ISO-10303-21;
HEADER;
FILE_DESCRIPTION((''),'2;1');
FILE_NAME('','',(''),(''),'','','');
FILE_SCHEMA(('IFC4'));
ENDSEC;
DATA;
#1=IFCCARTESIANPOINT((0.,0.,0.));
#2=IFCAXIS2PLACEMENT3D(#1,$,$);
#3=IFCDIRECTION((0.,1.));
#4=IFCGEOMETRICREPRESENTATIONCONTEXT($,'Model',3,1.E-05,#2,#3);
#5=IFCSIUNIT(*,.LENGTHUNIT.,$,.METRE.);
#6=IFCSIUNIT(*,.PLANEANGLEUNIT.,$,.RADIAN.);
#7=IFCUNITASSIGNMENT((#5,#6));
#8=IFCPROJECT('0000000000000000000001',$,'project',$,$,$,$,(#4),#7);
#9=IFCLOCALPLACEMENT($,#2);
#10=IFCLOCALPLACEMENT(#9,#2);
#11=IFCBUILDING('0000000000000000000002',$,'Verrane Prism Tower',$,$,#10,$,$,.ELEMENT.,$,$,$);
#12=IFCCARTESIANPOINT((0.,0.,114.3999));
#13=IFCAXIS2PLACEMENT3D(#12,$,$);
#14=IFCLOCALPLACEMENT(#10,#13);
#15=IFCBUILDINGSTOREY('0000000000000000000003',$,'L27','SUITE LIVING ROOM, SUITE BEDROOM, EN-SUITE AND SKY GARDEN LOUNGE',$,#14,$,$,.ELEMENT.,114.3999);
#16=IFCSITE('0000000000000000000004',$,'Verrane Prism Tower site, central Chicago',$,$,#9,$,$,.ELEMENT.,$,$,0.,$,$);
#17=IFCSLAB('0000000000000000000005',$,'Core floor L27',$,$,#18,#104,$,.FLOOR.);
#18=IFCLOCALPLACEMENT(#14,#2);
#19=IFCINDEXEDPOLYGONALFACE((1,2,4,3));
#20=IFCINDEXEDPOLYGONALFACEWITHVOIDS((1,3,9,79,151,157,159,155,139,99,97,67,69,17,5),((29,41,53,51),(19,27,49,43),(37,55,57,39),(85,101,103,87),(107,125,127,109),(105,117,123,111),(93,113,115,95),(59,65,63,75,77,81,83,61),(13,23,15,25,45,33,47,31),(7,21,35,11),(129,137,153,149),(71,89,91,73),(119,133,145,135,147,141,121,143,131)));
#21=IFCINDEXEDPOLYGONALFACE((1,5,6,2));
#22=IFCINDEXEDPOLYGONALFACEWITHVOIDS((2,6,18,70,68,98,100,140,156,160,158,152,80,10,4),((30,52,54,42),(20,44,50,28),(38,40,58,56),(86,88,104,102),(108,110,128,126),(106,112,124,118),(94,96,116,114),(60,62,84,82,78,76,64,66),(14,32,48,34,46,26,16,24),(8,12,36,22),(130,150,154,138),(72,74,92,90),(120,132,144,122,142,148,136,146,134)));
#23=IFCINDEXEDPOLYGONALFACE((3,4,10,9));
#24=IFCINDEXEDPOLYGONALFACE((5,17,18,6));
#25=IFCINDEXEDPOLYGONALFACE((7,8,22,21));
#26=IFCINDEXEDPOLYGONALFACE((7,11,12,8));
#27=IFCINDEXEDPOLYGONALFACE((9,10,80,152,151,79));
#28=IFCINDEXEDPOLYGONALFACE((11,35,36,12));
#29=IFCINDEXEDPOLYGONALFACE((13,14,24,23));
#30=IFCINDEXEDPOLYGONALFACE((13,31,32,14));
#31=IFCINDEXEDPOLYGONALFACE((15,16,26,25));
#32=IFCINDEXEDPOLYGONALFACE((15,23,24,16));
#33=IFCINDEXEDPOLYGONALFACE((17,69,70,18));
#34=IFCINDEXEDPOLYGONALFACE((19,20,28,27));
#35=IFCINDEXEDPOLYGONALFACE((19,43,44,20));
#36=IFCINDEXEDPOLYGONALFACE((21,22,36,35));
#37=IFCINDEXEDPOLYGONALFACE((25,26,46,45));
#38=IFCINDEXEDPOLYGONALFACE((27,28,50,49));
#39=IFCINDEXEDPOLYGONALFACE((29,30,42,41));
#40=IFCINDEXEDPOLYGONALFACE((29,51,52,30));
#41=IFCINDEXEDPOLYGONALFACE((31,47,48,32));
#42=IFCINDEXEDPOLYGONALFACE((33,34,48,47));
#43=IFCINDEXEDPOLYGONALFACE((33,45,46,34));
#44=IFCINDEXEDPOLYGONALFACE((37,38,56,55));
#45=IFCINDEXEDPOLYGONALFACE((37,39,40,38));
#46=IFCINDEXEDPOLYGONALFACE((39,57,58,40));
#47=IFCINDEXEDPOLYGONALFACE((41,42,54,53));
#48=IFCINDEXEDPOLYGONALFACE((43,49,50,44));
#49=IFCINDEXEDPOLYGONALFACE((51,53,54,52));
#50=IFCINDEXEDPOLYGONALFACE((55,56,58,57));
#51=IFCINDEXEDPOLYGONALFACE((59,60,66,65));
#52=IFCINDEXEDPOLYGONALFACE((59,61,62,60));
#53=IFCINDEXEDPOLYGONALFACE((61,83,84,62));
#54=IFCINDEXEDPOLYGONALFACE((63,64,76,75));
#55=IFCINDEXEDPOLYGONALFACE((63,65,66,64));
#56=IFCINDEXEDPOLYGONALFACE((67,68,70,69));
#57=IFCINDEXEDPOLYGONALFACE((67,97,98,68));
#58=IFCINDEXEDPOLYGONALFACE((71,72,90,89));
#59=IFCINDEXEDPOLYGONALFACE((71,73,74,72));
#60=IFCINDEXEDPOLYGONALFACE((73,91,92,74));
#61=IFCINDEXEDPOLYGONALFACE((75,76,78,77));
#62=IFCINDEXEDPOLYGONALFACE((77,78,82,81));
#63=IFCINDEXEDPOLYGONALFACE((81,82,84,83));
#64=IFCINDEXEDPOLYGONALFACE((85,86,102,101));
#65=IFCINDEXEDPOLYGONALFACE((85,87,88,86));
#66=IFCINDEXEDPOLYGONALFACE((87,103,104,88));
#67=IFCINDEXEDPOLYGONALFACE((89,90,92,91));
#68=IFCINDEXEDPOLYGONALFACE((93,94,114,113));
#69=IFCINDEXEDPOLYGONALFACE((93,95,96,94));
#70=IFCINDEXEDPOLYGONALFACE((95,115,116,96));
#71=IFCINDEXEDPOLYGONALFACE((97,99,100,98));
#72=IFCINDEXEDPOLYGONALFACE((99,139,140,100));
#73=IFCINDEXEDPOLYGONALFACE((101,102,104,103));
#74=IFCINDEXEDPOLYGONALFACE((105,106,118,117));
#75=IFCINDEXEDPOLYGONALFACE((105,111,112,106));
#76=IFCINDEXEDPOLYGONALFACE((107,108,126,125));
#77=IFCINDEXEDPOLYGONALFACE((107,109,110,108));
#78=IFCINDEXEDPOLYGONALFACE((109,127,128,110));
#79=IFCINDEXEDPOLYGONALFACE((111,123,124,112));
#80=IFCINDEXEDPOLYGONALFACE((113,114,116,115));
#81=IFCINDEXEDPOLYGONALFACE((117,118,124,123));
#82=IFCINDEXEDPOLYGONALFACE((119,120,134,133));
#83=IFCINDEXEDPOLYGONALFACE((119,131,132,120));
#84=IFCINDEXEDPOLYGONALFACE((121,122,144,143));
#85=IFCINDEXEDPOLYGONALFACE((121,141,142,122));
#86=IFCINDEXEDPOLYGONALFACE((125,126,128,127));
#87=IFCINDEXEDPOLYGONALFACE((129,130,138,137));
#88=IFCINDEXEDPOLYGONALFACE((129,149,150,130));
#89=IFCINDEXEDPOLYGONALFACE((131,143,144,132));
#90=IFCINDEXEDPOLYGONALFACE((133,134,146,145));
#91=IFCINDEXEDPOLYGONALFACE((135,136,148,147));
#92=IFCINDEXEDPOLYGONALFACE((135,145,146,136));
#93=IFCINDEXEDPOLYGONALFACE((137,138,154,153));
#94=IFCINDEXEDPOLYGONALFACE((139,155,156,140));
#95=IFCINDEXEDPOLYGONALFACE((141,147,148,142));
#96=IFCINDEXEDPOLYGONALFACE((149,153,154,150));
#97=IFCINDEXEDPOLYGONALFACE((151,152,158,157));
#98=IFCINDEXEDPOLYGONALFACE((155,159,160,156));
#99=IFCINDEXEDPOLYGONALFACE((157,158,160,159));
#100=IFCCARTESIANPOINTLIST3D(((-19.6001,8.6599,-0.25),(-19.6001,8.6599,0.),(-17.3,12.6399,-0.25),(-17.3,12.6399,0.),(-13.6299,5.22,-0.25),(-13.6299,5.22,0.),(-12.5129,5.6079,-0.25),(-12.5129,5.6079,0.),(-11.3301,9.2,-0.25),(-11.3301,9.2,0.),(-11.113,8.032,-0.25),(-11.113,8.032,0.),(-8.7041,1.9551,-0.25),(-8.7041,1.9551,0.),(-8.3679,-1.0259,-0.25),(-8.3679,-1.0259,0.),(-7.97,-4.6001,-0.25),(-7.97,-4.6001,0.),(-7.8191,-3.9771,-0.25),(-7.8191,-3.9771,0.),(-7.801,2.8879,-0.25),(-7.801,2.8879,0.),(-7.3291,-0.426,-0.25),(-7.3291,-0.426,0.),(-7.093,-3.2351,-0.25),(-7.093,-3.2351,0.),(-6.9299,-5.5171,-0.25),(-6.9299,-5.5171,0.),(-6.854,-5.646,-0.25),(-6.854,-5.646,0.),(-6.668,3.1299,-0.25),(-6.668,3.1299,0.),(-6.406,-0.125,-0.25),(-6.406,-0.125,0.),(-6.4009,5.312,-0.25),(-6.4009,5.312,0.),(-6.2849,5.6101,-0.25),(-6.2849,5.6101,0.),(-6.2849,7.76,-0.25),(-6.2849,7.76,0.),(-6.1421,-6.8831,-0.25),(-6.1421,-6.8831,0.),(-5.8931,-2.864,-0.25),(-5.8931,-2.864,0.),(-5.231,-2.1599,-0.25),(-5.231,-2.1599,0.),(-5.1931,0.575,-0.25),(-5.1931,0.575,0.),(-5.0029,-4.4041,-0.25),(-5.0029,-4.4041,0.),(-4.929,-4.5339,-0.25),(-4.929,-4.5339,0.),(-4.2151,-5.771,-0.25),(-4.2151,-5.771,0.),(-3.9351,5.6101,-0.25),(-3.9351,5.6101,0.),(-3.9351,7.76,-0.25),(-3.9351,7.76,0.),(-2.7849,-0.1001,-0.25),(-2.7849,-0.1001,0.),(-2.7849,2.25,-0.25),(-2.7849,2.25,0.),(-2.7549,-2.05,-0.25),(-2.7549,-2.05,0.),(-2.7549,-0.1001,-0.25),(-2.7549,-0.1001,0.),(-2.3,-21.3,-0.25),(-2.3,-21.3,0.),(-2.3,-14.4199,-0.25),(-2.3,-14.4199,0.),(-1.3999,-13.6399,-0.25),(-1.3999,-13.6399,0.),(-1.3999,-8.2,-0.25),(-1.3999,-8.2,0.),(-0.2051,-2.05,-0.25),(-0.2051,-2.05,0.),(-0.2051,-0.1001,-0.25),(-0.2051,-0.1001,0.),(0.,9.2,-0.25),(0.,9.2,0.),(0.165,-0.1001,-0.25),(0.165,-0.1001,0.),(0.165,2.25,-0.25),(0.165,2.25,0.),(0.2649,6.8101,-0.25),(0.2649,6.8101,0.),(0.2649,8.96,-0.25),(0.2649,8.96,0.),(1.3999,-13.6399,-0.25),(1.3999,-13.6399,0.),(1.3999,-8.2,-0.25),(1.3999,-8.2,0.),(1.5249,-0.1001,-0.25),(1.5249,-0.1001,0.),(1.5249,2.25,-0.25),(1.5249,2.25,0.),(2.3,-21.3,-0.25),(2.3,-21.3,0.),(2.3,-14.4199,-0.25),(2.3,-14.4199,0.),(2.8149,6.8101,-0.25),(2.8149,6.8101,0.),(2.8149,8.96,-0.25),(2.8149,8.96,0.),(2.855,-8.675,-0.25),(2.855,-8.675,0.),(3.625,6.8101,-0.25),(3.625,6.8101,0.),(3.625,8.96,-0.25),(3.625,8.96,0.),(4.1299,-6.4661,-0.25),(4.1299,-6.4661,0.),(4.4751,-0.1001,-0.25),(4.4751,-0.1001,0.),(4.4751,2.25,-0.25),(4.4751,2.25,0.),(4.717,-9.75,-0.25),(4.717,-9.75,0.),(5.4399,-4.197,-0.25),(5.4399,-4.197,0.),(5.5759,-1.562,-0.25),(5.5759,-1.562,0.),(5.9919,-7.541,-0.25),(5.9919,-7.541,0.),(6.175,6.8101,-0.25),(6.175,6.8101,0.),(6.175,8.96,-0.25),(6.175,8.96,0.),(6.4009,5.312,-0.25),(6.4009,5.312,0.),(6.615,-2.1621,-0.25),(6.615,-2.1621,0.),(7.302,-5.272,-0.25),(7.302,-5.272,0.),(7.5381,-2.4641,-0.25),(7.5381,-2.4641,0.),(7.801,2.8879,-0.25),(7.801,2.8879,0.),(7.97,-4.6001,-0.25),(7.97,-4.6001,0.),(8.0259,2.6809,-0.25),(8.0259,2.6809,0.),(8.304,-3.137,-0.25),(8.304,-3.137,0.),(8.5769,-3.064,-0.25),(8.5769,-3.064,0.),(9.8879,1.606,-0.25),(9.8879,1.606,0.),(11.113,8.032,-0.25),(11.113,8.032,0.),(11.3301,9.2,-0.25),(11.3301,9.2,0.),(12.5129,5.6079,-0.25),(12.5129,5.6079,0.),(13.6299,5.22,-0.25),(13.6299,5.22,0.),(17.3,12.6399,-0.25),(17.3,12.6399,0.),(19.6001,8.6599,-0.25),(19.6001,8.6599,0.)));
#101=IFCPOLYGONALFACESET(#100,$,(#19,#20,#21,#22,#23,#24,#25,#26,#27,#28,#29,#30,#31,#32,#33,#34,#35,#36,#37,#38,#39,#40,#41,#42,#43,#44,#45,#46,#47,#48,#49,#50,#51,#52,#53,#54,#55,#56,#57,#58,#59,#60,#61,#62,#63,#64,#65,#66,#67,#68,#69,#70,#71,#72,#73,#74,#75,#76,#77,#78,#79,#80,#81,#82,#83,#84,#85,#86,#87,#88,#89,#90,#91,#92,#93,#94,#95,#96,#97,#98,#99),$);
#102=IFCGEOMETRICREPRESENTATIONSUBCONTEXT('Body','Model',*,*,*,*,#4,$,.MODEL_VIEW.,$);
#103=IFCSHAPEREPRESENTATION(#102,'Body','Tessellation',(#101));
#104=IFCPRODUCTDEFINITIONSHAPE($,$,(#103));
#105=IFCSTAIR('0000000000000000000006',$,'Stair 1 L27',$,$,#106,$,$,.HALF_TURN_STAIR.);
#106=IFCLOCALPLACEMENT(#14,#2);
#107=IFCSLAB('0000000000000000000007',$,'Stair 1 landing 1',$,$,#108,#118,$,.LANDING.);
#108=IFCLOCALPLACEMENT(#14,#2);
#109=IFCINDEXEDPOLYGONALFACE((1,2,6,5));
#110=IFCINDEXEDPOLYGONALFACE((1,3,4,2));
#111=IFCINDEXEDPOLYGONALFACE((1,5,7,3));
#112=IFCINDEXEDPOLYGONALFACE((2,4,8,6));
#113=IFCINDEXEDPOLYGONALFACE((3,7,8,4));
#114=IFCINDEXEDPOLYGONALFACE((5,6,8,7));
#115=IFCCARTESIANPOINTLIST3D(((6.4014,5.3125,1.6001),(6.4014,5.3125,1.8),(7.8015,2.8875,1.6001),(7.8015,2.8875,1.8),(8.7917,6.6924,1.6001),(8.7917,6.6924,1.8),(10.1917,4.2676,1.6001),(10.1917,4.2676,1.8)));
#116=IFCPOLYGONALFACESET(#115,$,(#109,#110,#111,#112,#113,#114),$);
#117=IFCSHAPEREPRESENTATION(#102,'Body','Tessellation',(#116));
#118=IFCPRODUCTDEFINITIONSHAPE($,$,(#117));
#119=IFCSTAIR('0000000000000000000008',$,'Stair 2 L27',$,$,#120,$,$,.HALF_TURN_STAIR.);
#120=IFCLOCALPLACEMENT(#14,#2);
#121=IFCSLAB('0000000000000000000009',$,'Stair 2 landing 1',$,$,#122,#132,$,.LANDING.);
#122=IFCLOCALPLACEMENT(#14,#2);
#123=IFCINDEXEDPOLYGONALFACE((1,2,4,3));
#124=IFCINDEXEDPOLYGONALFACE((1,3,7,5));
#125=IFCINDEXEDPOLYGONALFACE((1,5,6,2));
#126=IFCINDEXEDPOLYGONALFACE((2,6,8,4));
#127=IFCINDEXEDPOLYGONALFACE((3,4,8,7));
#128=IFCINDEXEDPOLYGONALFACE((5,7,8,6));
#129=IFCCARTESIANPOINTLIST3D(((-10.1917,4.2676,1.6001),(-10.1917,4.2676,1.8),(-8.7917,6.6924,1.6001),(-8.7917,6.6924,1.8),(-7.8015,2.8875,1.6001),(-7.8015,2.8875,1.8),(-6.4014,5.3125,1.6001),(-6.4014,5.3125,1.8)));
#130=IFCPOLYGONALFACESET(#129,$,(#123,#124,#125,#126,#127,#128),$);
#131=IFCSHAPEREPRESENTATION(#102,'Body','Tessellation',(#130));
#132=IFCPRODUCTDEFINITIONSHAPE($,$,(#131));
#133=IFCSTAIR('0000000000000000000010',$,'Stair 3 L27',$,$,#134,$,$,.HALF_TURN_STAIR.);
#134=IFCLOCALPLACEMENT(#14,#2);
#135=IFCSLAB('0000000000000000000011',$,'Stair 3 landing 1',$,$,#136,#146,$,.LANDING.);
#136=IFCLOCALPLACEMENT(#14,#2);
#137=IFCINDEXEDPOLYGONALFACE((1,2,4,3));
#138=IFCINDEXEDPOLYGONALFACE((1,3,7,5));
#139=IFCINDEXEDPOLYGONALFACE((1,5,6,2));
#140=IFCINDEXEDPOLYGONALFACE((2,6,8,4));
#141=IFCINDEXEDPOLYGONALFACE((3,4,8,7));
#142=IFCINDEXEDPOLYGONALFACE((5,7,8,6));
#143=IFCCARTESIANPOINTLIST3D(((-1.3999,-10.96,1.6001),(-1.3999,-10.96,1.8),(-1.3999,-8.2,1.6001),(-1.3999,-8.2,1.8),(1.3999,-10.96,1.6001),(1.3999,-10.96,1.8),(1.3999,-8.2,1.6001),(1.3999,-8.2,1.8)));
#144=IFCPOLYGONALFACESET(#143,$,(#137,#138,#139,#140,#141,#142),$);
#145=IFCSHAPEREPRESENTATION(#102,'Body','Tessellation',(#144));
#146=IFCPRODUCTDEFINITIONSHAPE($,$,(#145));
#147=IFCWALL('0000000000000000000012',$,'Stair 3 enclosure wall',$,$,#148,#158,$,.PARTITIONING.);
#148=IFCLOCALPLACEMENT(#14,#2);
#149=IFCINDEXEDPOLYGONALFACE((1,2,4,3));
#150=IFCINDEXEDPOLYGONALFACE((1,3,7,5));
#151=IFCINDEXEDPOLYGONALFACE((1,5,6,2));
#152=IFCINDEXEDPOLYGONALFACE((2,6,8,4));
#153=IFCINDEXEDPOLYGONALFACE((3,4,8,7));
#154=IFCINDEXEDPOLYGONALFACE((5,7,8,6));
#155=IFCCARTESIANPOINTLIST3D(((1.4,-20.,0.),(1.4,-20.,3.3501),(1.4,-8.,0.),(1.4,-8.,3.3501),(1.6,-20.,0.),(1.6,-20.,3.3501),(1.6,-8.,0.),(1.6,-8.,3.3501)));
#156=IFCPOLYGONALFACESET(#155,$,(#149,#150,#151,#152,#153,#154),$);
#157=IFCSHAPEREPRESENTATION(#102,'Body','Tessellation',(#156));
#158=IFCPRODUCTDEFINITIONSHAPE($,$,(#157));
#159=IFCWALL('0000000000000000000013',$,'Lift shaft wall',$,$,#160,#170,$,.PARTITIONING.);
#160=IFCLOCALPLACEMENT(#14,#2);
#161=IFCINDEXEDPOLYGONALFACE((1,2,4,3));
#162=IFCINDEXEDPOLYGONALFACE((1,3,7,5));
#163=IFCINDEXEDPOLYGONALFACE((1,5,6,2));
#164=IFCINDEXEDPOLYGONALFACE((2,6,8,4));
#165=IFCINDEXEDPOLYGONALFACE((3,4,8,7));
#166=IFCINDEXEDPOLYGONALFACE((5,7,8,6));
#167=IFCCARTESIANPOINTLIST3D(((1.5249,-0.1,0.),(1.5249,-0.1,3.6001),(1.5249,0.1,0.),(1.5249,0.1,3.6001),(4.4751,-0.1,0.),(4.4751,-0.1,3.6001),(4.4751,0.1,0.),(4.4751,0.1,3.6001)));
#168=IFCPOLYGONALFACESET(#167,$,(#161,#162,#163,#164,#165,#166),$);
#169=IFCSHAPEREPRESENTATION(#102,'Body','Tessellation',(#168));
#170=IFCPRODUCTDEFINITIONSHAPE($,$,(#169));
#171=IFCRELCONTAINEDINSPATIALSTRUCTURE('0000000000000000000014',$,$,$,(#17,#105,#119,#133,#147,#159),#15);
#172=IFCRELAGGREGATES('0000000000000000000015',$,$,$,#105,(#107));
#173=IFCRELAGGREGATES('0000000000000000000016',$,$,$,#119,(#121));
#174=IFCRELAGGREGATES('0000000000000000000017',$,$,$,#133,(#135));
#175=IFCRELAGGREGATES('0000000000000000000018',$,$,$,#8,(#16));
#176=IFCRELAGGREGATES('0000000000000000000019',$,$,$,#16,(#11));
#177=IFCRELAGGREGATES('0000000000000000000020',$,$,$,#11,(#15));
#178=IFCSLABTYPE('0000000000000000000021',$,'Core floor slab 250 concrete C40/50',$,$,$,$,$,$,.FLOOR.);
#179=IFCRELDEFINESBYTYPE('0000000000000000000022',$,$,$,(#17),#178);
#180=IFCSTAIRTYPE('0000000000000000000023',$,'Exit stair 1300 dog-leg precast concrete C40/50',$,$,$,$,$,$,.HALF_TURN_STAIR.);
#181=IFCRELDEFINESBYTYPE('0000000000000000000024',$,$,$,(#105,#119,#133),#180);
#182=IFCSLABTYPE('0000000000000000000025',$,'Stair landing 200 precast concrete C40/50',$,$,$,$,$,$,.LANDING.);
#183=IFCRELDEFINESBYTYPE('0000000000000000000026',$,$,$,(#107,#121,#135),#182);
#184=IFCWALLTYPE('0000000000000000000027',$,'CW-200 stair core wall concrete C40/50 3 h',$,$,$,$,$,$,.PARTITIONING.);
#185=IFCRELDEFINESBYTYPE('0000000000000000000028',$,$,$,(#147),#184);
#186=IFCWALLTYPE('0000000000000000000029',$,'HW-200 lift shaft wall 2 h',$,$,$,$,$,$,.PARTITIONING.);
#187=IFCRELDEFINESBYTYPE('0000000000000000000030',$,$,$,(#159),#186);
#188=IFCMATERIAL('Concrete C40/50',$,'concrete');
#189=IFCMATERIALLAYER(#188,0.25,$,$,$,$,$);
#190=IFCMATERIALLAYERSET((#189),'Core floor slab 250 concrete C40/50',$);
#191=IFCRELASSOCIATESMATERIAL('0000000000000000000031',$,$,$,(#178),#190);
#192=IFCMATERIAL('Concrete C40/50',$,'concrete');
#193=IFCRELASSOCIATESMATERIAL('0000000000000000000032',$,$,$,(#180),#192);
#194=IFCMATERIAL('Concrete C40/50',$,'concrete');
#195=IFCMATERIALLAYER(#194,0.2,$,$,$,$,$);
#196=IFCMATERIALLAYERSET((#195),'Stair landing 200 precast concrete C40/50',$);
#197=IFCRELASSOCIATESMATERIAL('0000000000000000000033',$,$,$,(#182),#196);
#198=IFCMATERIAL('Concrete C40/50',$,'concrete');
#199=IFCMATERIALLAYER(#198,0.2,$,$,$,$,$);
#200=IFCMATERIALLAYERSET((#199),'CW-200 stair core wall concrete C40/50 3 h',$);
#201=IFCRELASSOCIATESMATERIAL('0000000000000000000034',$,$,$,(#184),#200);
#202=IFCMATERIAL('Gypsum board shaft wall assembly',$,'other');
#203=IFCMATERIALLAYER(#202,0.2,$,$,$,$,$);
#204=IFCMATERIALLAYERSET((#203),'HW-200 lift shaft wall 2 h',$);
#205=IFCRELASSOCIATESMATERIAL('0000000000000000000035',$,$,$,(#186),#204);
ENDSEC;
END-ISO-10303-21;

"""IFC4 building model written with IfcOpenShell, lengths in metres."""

from ifc_helpers import new_model, si_unit, direction, frame, frame_2d, origin, place, context, subcontext, project, spatial, polyline, rectangle, outline, extrude, material, layer, layer_set, type_object, element, aggregate, save


model = new_model("IFC4")

# Units and contexts
model_context = context("Model", 3, precision=1e-05, world=origin(), true_north=direction((0.0, 1.0)))
body_context = subcontext(model_context, "Body", "Model", "MODEL_VIEW")
ifc_project = project(units=[si_unit("LENGTHUNIT", "METRE"), si_unit("PLANEANGLEUNIT", "RADIAN")], contexts=[model_context])

# Site, building, storey
site_placement = place(None, origin())
site = spatial("IfcSite", under=ifc_project, at=site_placement, Name="Verrane Prism Tower site, central Chicago", CompositionType="ELEMENT", RefElevation=0.0)
building_placement = place(site_placement, origin())
building = spatial("IfcBuilding", under=site, at=building_placement, Name="Verrane Prism Tower", CompositionType="ELEMENT")
storey_placement = place(building_placement, frame((0.0, 0.0, 114.3999)))
storey = spatial("IfcBuildingStorey", under=building, at=storey_placement, Name="L27", Description="SUITE LIVING ROOM, SUITE BEDROOM, EN-SUITE AND SKY GARDEN LOUNGE", CompositionType="ELEMENT", Elevation=114.3999)

# Slab
ifc_material_1 = material(Name="Concrete C40/50", Category="concrete")
ifc_layer_1 = layer(ifc_material_1, 0.25)
ifc_layer_set_1 = layer_set([ifc_layer_1], Name="Core floor slab 250 concrete C40/50")
slab_type_1 = type_object("IfcSlabType", Name="Core floor slab 250 concrete C40/50", PredefinedType="FLOOR", material=ifc_layer_set_1)
slab_1_placement = place(storey_placement, frame((0.0, 0.0, -0.25)))
element("IfcSlab", 1, at=slab_1_placement, inside=storey, type_object=slab_type_1, Name="Core floor L27", PredefinedType="FLOOR", context=body_context, shape_type="SweptSolid", body=[
    extrude(outline(polyline([(13.6299, 5.22), (19.6001, 8.6599), (17.3, 12.6399), (11.3301, 9.2), (0.0, 9.2), (-11.3301, 9.2), (-17.3, 12.6399), (-19.6001, 8.6599), (-13.6299, 5.22), (-7.97, -4.6001), (-2.3, -14.4199), (-2.3, -21.3), (2.3, -21.3), (2.3, -14.4199), (7.97, -4.6001), (13.6299, 5.22)]), holes=[polyline([(1.3999, -8.2), (1.3999, -13.6399), (-1.3999, -13.6399), (-1.3999, -8.2), (1.3999, -8.2)]), polyline([(-4.2151, -5.771), (-6.1421, -6.8831), (-6.854, -5.646), (-4.929, -4.5339), (-4.2151, -5.771)]), polyline([(-5.0029, -4.4041), (-6.9299, -5.5171), (-7.8191, -3.9771), (-5.8931, -2.864), (-5.0029, -4.4041)]), polyline([(0.165, 2.25), (0.165, -0.1001), (-0.2051, -0.1001), (-0.2051, -2.05), (-2.7549, -2.05), (-2.7549, -0.1001), (-2.7849, -0.1001), (-2.7849, 2.25), (0.165, 2.25)]), polyline([(-12.5129, 5.6079), (-11.113, 8.032), (-6.4009, 5.312), (-7.801, 2.8879), (-12.5129, 5.6079)]), polyline([(-6.2849, 5.6101), (-6.2849, 7.76), (-3.9351, 7.76), (-3.9351, 5.6101), (-6.2849, 5.6101)]), polyline([(4.717, -9.75), (2.855, -8.675), (4.1299, -6.4661), (5.9919, -7.541), (4.717, -9.75)]), polyline([(8.304, -3.137), (5.5759, -1.562), (8.0259, 2.6809), (9.8879, 1.606), (7.5381, -2.4641), (8.5769, -3.064), (7.302, -5.272), (5.4399, -4.197), (6.615, -2.1621), (8.304, -3.137)]), polyline([(1.5249, -0.1001), (1.5249, 2.25), (4.4751, 2.25), (4.4751, -0.1001), (1.5249, -0.1001)]), polyline([(6.4009, 5.312), (11.113, 8.032), (12.5129, 5.6079), (7.801, 2.8879), (6.4009, 5.312)]), polyline([(0.2649, 6.8101), (0.2649, 8.96), (2.8149, 8.96), (2.8149, 6.8101), (0.2649, 6.8101)]), polyline([(3.625, 6.8101), (3.625, 8.96), (6.175, 8.96), (6.175, 6.8101), (3.625, 6.8101)]), polyline([(-5.231, -2.1599), (-7.093, -3.2351), (-8.3679, -1.0259), (-7.3291, -0.426), (-8.7041, 1.9551), (-6.668, 3.1299), (-5.1931, 0.575), (-6.406, -0.125), (-5.231, -2.1599)])]), origin(), (0.0, 0.0, 1.0), 0.25),
])

# Stairs, slabs
ifc_material_2 = material(Name="Concrete C40/50", Category="concrete")
stair_type = type_object("IfcStairType", Name="Exit stair 1300 dog-leg precast concrete C40/50", PredefinedType="HALF_TURN_STAIR", material=ifc_material_2)
stair_1_placement = place(storey_placement, origin())
stair_1 = element("IfcStair", 2, at=stair_1_placement, inside=storey, type_object=stair_type, Name="Stair 1 L27", PredefinedType="HALF_TURN_STAIR")
ifc_material_3 = material(Name="Concrete C40/50", Category="concrete")
ifc_layer_2 = layer(ifc_material_3, 0.2)
ifc_layer_set_2 = layer_set([ifc_layer_2], Name="Stair landing 200 precast concrete C40/50")
slab_type_2 = type_object("IfcSlabType", Name="Stair landing 200 precast concrete C40/50", PredefinedType="LANDING", material=ifc_layer_set_2)
slab_2_placement = place(storey_placement, frame((0.0, 0.0, 1.6001)))
slab_2 = element("IfcSlab", 3, at=slab_2_placement, type_object=slab_type_2, Name="Stair 1 landing 1", PredefinedType="LANDING", context=body_context, shape_type="SweptSolid", body=[
    extrude(outline(polyline([(8.7917, 6.6924), (6.4014, 5.3125), (7.8015, 2.8875), (10.1917, 4.2676), (8.7917, 6.6924)])), origin(), (0.0, 0.0, 1.0), 0.2),
])
aggregate(stair_1, [slab_2])
stair_2_placement = place(storey_placement, origin())
stair_2 = element("IfcStair", 4, at=stair_2_placement, inside=storey, type_object=stair_type, Name="Stair 2 L27", PredefinedType="HALF_TURN_STAIR")
slab_3_placement = place(storey_placement, frame((0.0, 0.0, 1.6001)))
slab_3 = element("IfcSlab", 5, at=slab_3_placement, type_object=slab_type_2, Name="Stair 2 landing 1", PredefinedType="LANDING", context=body_context, shape_type="SweptSolid", body=[
    extrude(outline(polyline([(-10.1917, 4.2676), (-7.8015, 2.8875), (-6.4014, 5.3125), (-8.7917, 6.6924), (-10.1917, 4.2676)])), origin(), (0.0, 0.0, 1.0), 0.2),
])
aggregate(stair_2, [slab_3])
stair_3_placement = place(storey_placement, origin())
stair_3 = element("IfcStair", 6, at=stair_3_placement, inside=storey, type_object=stair_type, Name="Stair 3 L27", PredefinedType="HALF_TURN_STAIR")
slab_4_placement = place(storey_placement, frame((0.0, 0.0, 1.6001)))
slab_4 = element("IfcSlab", 7, at=slab_4_placement, type_object=slab_type_2, Name="Stair 3 landing 1", PredefinedType="LANDING", context=body_context, shape_type="SweptSolid", body=[
    extrude(outline(polyline([(1.3999, -10.96), (1.3999, -8.2), (-1.3999, -8.2), (-1.3999, -10.96), (1.3999, -10.96)])), origin(), (0.0, 0.0, 1.0), 0.2),
])
aggregate(stair_3, [slab_4])

# Walls
ifc_material_4 = material(Name="Concrete C40/50", Category="concrete")
ifc_layer_3 = layer(ifc_material_4, 0.2)
ifc_layer_set_3 = layer_set([ifc_layer_3], Name="CW-200 stair core wall concrete C40/50 3 h")
wall_type_1 = type_object("IfcWallType", Name="CW-200 stair core wall concrete C40/50 3 h", PredefinedType="PARTITIONING", material=ifc_layer_set_3)
wall_1_placement = place(storey_placement, frame((1.5, -8.0, 0.0), z_axis=(0.0, 0.0, 1.0), x_axis=(0.0, -1.0, 0.0)))
element("IfcWall", 8, at=wall_1_placement, inside=storey, type_object=wall_type_1, Name="Stair 3 enclosure wall", PredefinedType="PARTITIONING", context=body_context, shape_type="SweptSolid", body=[
    extrude(rectangle(XDim=12.0, YDim=0.2, at=frame_2d((6.0, 0.0))), origin(), (0.0, 0.0, 1.0), 3.3501),
])
ifc_material_5 = material(Name="Gypsum board shaft wall assembly", Category="other")
ifc_layer_4 = layer(ifc_material_5, 0.2)
ifc_layer_set_4 = layer_set([ifc_layer_4], Name="HW-200 lift shaft wall 2 h")
wall_type_2 = type_object("IfcWallType", Name="HW-200 lift shaft wall 2 h", PredefinedType="PARTITIONING", material=ifc_layer_set_4)
wall_2_placement = place(storey_placement, frame((1.5249, 0.0, 0.0), z_axis=(0.0, 0.0, 1.0), x_axis=(1.0, 0.0, 0.0)))
element("IfcWall", 9, at=wall_2_placement, inside=storey, type_object=wall_type_2, Name="Lift shaft wall", PredefinedType="PARTITIONING", context=body_context, shape_type="SweptSolid", body=[
    extrude(rectangle(XDim=2.9502, YDim=0.2, at=frame_2d((1.4751, 0.0))), origin(), (0.0, 0.0, 1.0), 3.6001),
])

save(model, "model.ifc")
